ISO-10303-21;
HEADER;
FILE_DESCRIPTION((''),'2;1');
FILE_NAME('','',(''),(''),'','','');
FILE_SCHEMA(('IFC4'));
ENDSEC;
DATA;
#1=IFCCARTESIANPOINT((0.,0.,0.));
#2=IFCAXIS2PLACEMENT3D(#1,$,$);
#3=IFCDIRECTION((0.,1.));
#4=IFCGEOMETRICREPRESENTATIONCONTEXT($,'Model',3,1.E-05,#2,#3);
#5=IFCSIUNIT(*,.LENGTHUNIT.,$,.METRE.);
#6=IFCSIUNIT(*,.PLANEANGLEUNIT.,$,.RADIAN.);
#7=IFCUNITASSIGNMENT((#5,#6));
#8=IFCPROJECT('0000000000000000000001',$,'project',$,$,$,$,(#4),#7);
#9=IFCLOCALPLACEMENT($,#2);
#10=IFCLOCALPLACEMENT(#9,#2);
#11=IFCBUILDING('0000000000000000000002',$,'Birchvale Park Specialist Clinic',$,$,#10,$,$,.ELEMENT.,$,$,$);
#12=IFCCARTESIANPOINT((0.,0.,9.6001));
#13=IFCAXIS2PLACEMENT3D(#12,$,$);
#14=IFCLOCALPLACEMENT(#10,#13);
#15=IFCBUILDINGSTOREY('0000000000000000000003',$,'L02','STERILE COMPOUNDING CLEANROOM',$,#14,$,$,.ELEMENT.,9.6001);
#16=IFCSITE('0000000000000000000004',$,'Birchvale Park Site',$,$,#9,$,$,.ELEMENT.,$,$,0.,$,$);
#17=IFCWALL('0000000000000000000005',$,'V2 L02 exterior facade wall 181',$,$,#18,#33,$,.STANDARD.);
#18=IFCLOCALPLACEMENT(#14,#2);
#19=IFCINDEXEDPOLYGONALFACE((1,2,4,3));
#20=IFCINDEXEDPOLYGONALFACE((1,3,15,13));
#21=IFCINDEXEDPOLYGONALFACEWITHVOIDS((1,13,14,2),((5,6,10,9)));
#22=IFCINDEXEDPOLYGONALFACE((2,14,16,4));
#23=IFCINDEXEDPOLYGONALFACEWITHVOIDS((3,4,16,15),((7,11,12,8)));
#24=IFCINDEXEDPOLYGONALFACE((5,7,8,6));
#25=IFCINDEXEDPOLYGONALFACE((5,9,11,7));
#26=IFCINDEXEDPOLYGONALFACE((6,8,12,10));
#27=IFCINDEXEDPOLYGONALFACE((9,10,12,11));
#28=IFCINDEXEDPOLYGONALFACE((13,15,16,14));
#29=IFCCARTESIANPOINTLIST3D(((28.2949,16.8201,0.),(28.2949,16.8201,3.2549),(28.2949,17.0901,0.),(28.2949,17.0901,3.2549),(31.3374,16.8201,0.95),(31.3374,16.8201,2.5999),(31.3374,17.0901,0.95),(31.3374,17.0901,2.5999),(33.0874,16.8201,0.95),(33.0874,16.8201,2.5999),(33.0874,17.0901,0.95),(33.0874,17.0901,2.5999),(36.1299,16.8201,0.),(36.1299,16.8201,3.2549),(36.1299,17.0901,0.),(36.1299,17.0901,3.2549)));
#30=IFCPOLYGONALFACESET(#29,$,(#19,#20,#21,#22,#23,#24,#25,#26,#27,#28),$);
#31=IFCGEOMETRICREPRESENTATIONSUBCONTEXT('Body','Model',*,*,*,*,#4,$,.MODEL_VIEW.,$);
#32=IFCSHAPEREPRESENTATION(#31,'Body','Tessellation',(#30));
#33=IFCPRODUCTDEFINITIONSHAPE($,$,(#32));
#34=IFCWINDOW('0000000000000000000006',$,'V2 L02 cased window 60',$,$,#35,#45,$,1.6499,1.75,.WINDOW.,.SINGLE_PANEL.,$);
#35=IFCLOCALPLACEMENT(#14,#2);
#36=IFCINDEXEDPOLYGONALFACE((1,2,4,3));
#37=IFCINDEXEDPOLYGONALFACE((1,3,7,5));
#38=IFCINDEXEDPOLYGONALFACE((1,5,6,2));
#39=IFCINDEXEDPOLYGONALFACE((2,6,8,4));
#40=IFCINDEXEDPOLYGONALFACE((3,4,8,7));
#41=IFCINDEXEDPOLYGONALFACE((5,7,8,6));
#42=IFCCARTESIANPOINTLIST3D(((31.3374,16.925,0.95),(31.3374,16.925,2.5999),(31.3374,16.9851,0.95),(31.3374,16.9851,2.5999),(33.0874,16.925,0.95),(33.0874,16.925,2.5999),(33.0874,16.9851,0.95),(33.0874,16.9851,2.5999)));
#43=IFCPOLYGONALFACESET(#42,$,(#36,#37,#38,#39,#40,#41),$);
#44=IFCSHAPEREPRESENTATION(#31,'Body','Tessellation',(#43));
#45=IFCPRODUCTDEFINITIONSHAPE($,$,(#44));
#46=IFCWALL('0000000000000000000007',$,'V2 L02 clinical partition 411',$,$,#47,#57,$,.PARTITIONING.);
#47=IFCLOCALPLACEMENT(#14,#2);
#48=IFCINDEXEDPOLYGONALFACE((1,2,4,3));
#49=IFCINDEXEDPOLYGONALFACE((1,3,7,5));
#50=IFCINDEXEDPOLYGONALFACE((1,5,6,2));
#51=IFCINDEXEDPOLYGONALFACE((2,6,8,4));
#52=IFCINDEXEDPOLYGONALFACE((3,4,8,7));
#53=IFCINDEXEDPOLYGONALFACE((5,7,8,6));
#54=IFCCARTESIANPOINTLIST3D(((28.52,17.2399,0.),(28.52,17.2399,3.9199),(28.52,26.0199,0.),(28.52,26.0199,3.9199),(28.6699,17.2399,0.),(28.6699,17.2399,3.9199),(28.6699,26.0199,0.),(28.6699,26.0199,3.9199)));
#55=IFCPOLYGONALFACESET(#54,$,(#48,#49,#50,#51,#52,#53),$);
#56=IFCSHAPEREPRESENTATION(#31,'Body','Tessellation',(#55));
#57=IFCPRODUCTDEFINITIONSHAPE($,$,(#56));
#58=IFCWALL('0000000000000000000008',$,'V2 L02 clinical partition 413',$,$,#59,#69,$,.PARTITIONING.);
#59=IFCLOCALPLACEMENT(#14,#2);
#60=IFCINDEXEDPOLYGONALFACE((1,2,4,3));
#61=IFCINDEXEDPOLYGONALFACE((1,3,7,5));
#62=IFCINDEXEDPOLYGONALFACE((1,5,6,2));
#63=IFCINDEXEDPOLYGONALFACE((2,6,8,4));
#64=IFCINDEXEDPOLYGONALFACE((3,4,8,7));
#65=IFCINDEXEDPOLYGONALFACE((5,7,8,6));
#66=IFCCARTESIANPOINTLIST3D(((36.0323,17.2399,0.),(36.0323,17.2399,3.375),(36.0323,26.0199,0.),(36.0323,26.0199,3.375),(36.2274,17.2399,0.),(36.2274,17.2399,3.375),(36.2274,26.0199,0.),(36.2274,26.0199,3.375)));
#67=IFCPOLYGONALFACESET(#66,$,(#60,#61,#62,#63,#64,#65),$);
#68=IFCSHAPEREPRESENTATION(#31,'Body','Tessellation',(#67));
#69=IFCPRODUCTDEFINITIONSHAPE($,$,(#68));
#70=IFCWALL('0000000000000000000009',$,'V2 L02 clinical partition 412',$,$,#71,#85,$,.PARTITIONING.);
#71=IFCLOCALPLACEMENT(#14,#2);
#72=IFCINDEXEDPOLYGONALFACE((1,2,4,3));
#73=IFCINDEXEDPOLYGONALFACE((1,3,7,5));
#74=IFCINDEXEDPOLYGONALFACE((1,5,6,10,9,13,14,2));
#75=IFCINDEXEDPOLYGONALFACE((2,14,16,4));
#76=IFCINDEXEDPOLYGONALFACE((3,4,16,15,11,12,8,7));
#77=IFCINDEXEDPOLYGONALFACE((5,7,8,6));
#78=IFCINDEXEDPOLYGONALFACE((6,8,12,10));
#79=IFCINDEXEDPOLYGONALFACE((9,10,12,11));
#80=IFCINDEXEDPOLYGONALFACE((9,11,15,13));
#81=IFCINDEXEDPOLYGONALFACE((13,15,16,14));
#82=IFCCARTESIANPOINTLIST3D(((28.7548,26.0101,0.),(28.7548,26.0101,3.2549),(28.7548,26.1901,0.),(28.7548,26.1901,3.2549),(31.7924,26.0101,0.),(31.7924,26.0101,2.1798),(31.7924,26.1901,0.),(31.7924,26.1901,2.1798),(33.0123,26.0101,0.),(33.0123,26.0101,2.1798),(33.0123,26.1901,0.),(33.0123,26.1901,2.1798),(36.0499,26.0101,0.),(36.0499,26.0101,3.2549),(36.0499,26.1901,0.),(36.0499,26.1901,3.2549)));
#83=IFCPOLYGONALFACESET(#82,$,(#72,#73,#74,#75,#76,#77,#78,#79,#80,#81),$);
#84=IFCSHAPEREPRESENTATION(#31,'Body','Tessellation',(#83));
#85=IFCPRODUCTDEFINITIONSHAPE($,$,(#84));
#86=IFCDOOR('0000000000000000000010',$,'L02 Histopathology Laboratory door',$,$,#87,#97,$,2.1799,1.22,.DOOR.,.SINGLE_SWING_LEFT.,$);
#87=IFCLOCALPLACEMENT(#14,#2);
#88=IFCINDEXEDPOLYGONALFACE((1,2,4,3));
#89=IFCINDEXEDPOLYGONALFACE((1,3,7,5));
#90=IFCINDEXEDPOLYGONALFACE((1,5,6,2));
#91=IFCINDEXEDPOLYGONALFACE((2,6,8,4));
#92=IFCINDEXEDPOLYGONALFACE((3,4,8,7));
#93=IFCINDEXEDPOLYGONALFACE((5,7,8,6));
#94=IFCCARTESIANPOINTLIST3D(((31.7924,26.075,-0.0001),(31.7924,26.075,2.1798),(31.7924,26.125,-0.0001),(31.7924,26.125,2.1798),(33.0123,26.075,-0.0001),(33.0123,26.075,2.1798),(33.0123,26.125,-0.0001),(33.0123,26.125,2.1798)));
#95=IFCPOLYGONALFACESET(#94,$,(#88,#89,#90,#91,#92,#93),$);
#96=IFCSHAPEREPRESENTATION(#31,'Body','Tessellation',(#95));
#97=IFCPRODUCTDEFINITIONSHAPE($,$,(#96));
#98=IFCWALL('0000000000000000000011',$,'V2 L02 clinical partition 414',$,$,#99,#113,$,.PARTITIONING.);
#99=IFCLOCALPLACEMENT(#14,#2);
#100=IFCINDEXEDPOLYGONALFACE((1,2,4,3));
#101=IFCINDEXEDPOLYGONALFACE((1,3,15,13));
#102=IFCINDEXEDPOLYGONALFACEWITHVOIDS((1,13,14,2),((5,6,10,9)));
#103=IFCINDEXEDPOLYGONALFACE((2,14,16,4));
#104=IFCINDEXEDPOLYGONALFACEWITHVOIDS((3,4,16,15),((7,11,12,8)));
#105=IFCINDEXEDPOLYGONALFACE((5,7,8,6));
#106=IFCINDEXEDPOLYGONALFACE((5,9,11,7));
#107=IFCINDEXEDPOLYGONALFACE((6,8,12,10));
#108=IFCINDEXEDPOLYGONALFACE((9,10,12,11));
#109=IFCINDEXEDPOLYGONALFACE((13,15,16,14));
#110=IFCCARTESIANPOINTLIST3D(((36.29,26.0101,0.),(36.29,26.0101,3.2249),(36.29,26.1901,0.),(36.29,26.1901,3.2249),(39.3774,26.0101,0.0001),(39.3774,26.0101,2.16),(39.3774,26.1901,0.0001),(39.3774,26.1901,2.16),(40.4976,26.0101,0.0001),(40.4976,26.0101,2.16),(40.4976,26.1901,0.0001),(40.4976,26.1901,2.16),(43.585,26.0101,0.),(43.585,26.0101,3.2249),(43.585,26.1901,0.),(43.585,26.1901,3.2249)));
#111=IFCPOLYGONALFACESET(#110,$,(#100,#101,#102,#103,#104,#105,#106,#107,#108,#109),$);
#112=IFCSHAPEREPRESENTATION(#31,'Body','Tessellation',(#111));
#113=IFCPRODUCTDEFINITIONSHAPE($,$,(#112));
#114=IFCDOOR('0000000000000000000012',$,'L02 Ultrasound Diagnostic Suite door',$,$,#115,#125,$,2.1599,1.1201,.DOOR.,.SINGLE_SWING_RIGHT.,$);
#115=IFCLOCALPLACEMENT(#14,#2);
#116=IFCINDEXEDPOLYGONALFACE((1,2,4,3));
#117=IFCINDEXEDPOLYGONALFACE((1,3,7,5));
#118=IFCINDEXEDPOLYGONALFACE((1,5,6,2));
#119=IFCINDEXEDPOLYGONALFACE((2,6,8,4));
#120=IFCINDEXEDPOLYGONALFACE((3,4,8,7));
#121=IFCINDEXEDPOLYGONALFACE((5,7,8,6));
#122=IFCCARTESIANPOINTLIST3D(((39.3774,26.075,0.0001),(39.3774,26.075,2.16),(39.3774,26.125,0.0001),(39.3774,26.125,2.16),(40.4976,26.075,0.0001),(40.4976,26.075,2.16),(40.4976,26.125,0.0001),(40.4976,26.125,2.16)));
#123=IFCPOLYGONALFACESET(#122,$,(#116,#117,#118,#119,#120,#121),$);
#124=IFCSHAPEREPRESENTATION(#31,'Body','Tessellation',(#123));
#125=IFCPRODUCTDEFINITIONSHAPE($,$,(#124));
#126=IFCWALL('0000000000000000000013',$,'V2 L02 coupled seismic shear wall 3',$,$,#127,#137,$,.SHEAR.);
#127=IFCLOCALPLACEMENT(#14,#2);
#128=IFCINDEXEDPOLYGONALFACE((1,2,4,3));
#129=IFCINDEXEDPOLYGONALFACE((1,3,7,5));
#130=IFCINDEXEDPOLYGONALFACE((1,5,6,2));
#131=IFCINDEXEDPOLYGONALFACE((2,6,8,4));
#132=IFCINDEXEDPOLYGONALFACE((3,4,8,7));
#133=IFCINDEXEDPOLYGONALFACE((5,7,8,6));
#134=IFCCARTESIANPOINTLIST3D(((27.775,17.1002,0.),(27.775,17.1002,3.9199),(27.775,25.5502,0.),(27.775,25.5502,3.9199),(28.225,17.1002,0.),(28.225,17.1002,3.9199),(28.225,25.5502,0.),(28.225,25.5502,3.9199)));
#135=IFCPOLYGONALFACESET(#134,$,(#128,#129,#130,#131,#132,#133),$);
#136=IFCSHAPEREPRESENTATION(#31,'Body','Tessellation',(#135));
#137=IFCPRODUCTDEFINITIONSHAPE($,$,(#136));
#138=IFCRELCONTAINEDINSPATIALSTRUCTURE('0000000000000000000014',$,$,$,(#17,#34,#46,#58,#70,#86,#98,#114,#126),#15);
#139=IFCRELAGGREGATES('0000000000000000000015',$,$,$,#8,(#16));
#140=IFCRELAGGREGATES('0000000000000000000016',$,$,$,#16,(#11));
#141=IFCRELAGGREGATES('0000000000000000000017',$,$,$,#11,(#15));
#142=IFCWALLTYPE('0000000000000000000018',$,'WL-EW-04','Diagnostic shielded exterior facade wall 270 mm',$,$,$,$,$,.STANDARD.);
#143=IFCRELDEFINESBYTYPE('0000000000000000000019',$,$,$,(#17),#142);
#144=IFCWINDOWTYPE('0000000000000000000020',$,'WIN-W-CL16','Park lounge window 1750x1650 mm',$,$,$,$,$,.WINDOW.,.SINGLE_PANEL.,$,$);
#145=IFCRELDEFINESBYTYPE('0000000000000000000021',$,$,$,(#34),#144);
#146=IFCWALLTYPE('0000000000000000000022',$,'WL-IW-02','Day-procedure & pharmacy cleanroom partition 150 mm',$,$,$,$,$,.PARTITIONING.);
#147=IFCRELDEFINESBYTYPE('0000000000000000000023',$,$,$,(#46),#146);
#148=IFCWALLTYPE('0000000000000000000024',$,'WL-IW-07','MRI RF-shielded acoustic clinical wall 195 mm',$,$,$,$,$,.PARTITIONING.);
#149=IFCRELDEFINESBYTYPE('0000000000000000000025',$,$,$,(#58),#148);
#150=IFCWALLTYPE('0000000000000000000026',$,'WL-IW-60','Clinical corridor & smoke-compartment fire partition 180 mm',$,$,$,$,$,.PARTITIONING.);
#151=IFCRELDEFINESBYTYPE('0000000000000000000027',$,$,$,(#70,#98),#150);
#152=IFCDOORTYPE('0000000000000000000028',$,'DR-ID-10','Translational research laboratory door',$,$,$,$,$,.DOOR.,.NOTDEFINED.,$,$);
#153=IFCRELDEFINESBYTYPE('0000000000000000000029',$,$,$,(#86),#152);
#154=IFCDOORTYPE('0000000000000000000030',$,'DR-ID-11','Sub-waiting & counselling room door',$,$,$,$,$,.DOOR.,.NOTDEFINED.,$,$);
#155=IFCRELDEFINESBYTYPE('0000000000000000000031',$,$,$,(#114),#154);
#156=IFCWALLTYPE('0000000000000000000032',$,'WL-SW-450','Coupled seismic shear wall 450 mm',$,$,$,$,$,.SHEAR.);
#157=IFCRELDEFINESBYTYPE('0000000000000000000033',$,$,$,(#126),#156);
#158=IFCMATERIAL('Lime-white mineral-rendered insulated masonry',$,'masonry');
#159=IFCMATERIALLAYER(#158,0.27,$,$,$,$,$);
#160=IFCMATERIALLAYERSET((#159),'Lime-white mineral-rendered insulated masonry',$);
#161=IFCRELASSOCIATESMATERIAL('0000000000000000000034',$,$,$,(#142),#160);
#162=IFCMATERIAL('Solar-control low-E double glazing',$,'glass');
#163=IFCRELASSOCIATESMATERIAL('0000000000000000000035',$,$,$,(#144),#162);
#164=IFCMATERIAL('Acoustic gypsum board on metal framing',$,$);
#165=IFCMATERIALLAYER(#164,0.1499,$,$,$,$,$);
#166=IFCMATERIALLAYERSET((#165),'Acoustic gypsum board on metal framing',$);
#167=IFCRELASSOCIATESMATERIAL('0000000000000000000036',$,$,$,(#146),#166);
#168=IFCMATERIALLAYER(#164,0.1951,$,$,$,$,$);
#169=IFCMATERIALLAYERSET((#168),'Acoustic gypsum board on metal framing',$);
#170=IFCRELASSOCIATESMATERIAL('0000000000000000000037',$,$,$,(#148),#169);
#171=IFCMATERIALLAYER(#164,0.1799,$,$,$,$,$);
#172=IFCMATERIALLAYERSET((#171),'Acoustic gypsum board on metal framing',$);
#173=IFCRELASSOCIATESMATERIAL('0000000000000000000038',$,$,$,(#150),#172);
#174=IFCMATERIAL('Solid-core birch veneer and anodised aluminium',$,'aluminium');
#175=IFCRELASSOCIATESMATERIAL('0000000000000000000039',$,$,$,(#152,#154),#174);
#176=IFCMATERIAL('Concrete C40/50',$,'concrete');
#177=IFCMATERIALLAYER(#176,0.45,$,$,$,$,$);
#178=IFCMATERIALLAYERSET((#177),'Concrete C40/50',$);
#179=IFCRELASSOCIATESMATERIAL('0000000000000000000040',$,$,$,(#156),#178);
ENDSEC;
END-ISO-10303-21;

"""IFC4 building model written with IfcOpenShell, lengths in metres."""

from ifc_helpers import new_model, si_unit, direction, frame, frame_2d, origin, place, context, subcontext, project, spatial, rectangle, extrude, material, layer, layer_set, type_object, element, fill, save


model = new_model("IFC4")

# Units and contexts
model_context = context("Model", 3, precision=1e-05, world=origin(), true_north=direction((0.0, 1.0)))
body_context = subcontext(model_context, "Body", "Model", "MODEL_VIEW")
ifc_project = project(units=[si_unit("LENGTHUNIT", "METRE"), si_unit("PLANEANGLEUNIT", "RADIAN")], contexts=[model_context])

# Site, building, storey
site_placement = place(None, origin())
site = spatial("IfcSite", under=ifc_project, at=site_placement, Name="Birchvale Park Site", CompositionType="ELEMENT", RefElevation=0.0)
building_placement = place(site_placement, origin())
building = spatial("IfcBuilding", under=site, at=building_placement, Name="Birchvale Park Specialist Clinic", CompositionType="ELEMENT")
storey_placement = place(building_placement, frame((0.0, 0.0, 9.6001)))
storey = spatial("IfcBuildingStorey", under=building, at=storey_placement, Name="L02", Description="STERILE COMPOUNDING CLEANROOM", CompositionType="ELEMENT", Elevation=9.6001)

# Shared definitions
ifc_material_1 = material(Name="Concrete C40/50", Category="concrete")

# Wall, opening, window
ifc_material_2 = material(Name="Lime-white mineral-rendered insulated masonry", Category="masonry")
ifc_layer_1 = layer(ifc_material_2, 0.27)
ifc_layer_set_1 = layer_set([ifc_layer_1], Name="Lime-white mineral-rendered insulated masonry")
wall_type_1 = type_object("IfcWallType", Name="WL-EW-04", Description="Diagnostic shielded exterior facade wall 270 mm", PredefinedType="STANDARD", material=ifc_layer_set_1)
wall_1_placement = place(storey_placement, frame((28.2949, 16.9551, 0.0), z_axis=(0.0, 0.0, 1.0), x_axis=(1.0, 0.0, 0.0)))
wall_1 = element("IfcWall", 1, at=wall_1_placement, inside=storey, type_object=wall_type_1, Name="V2 L02 exterior facade wall 181", PredefinedType="STANDARD", context=body_context, shape_type="SweptSolid", body=[
    extrude(rectangle(XDim=7.835, YDim=0.27, at=frame_2d((3.9175, 0.0))), origin(), (0.0, 0.0, 1.0), 3.2549),
])
opening_1_placement = place(wall_1_placement, frame((3.0425, 0.0, 0.95)))
opening_1 = element("IfcOpeningElement", 2, at=opening_1_placement, cuts=wall_1, PredefinedType="OPENING", context=body_context, shape_type="SweptSolid", body=[
    extrude(rectangle(XDim=1.75, YDim=1.6499, at=frame_2d((0.875, 0.825))), frame((0.0, 0.145, 0.0), z_axis=(0.0, -1.0, 0.0), x_axis=(1.0, 0.0, 0.0)), (0.0, 0.0, 1.0), 0.29),
])
ifc_material_3 = material(Name="Solar-control low-E double glazing", Category="glass")
window_type = type_object("IfcWindowType", Name="WIN-W-CL16", Description="Park lounge window 1750x1650 mm", PartitioningType="SINGLE_PANEL", PredefinedType="WINDOW", material=ifc_material_3)
window_placement = place(opening_1_placement, origin())
window = element("IfcWindow", 3, at=window_placement, inside=storey, type_object=window_type, Name="V2 L02 cased window 60", OverallHeight=1.6499, OverallWidth=1.75, PartitioningType="SINGLE_PANEL", PredefinedType="WINDOW", context=body_context, shape_type="SweptSolid", body=[
    extrude(rectangle(XDim=1.75, YDim=1.6499, at=frame_2d((0.875, 0.825))), frame((0.0, 0.03, 0.0), z_axis=(0.0, -1.0, 0.0), x_axis=(1.0, 0.0, 0.0)), (0.0, 0.0, 1.0), 0.0601),
])
fill(opening_1, window)

# Walls
ifc_material_4 = material(Name="Acoustic gypsum board on metal framing")
ifc_layer_2 = layer(ifc_material_4, 0.1499)
ifc_layer_set_2 = layer_set([ifc_layer_2], Name="Acoustic gypsum board on metal framing")
wall_type_2 = type_object("IfcWallType", Name="WL-IW-02", Description="Day-procedure & pharmacy cleanroom partition 150 mm", PredefinedType="PARTITIONING", material=ifc_layer_set_2)
wall_2_placement = place(storey_placement, frame((28.595, 26.02, 0.0), z_axis=(0.0, 0.0, 1.0), x_axis=(0.0, -1.0, 0.0)))
element("IfcWall", 4, at=wall_2_placement, inside=storey, type_object=wall_type_2, Name="V2 L02 clinical partition 411", PredefinedType="PARTITIONING", context=body_context, shape_type="SweptSolid", body=[
    extrude(rectangle(XDim=8.78, YDim=0.1499, at=frame_2d((4.3901, 0.0))), origin(), (0.0, 0.0, 1.0), 3.9199),
])
ifc_layer_3 = layer(ifc_material_4, 0.1951)
ifc_layer_set_3 = layer_set([ifc_layer_3], Name="Acoustic gypsum board on metal framing")
wall_type_3 = type_object("IfcWallType", Name="WL-IW-07", Description="MRI RF-shielded acoustic clinical wall 195 mm", PredefinedType="PARTITIONING", material=ifc_layer_set_3)
wall_3_placement = place(storey_placement, frame((36.1299, 26.02, 0.0), z_axis=(0.0, 0.0, 1.0), x_axis=(0.0, -1.0, 0.0)))
element("IfcWall", 5, at=wall_3_placement, inside=storey, type_object=wall_type_3, Name="V2 L02 clinical partition 413", PredefinedType="PARTITIONING", context=body_context, shape_type="SweptSolid", body=[
    extrude(rectangle(XDim=8.78, YDim=0.1951, at=frame_2d((4.3901, 0.0))), origin(), (0.0, 0.0, 1.0), 3.375),
])

# Walls, openings, doors
ifc_layer_4 = layer(ifc_material_4, 0.1799)
ifc_layer_set_4 = layer_set([ifc_layer_4], Name="Acoustic gypsum board on metal framing")
wall_type_4 = type_object("IfcWallType", Name="WL-IW-60", Description="Clinical corridor & smoke-compartment fire partition 180 mm", PredefinedType="PARTITIONING", material=ifc_layer_set_4)
wall_4_placement = place(storey_placement, frame((28.7549, 26.1001, 0.0), z_axis=(0.0, 0.0, 1.0), x_axis=(1.0, 0.0, 0.0)))
wall_4 = element("IfcWall", 6, at=wall_4_placement, inside=storey, type_object=wall_type_4, Name="V2 L02 clinical partition 412", PredefinedType="PARTITIONING", context=body_context, shape_type="SweptSolid", body=[
    extrude(rectangle(XDim=7.2952, YDim=0.1799, at=frame_2d((3.6475, 0.0))), origin(), (0.0, 0.0, 1.0), 3.2549),
])
opening_2_placement = place(wall_4_placement, frame((3.0376, 0.0, 0.0)))
opening_2 = element("IfcOpeningElement", 7, at=opening_2_placement, cuts=wall_4, PredefinedType="OPENING", context=body_context, shape_type="SweptSolid", body=[
    extrude(rectangle(XDim=1.22, YDim=2.1799, at=frame_2d((0.6099, 1.0898))), frame((0.0, 0.1001, 0.0), z_axis=(0.0, -1.0, 0.0), x_axis=(1.0, 0.0, 0.0)), (0.0, 0.0, 1.0), 0.2),
])
ifc_material_5 = material(Name="Solid-core birch veneer and anodised aluminium", Category="aluminium")
door_type_1 = type_object("IfcDoorType", Name="DR-ID-10", Description="Translational research laboratory door", OperationType="NOTDEFINED", PredefinedType="DOOR", material=ifc_material_5)
door_1_placement = place(opening_2_placement, origin())
door_1 = element("IfcDoor", 8, at=door_1_placement, inside=storey, type_object=door_type_1, Name="L02 Histopathology Laboratory door", OperationType="SINGLE_SWING_LEFT", OverallHeight=2.1799, OverallWidth=1.22, PredefinedType="DOOR", context=body_context, shape_type="SweptSolid", body=[
    extrude(rectangle(XDim=1.22, YDim=2.1799, at=frame_2d((0.6099, 1.0898))), frame((0.0, 0.0249, 0.0), z_axis=(0.0, -1.0, 0.0), x_axis=(1.0, 0.0, 0.0)), (0.0, 0.0, 1.0), 0.05),
])
fill(opening_2, door_1)
wall_5_placement = place(storey_placement, frame((36.29, 26.1001, 0.0), z_axis=(0.0, 0.0, 1.0), x_axis=(1.0, 0.0, 0.0)))
wall_5 = element("IfcWall", 9, at=wall_5_placement, inside=storey, type_object=wall_type_4, Name="V2 L02 clinical partition 414", PredefinedType="PARTITIONING", context=body_context, shape_type="SweptSolid", body=[
    extrude(rectangle(XDim=7.2949, YDim=0.1799, at=frame_2d((3.6475, 0.0))), origin(), (0.0, 0.0, 1.0), 3.2249),
])
opening_3_placement = place(wall_5_placement, frame((3.0874, 0.0, 0.0)))
opening_3 = element("IfcOpeningElement", 10, at=opening_3_placement, cuts=wall_5, PredefinedType="OPENING", context=body_context, shape_type="SweptSolid", body=[
    extrude(rectangle(XDim=1.1201, YDim=2.1599, at=frame_2d((0.5601, 1.0801))), frame((0.0, 0.1001, 0.0), z_axis=(0.0, -1.0, 0.0), x_axis=(1.0, 0.0, 0.0)), (0.0, 0.0, 1.0), 0.2),
])
door_type_2 = type_object("IfcDoorType", Name="DR-ID-11", Description="Sub-waiting & counselling room door", OperationType="NOTDEFINED", PredefinedType="DOOR", material=ifc_material_5)
door_2_placement = place(opening_3_placement, origin())
door_2 = element("IfcDoor", 11, at=door_2_placement, inside=storey, type_object=door_type_2, Name="L02 Ultrasound Diagnostic Suite door", OperationType="SINGLE_SWING_RIGHT", OverallHeight=2.1599, OverallWidth=1.1201, PredefinedType="DOOR", context=body_context, shape_type="SweptSolid", body=[
    extrude(rectangle(XDim=1.1201, YDim=2.1599, at=frame_2d((0.5601, 1.0801))), frame((0.0, 0.0249, 0.0), z_axis=(0.0, -1.0, 0.0), x_axis=(1.0, 0.0, 0.0)), (0.0, 0.0, 1.0), 0.05),
])
fill(opening_3, door_2)

# Wall
ifc_layer_5 = layer(ifc_material_1, 0.45)
ifc_layer_set_5 = layer_set([ifc_layer_5], Name="Concrete C40/50")
wall_type_5 = type_object("IfcWallType", Name="WL-SW-450", Description="Coupled seismic shear wall 450 mm", PredefinedType="SHEAR", material=ifc_layer_set_5)
wall_6_placement = place(storey_placement, frame((28.0, 17.1001, 0.0), z_axis=(0.0, 0.0, 1.0), x_axis=(0.0, 1.0, 0.0)))
element("IfcWall", 12, at=wall_6_placement, inside=storey, type_object=wall_type_5, Name="V2 L02 coupled seismic shear wall 3", PredefinedType="SHEAR", context=body_context, shape_type="SweptSolid", body=[
    extrude(rectangle(XDim=8.45, YDim=0.45, at=frame_2d((4.2251, 0.0))), origin(), (0.0, 0.0, 1.0), 3.9199),
])

save(model, "model.ifc")
